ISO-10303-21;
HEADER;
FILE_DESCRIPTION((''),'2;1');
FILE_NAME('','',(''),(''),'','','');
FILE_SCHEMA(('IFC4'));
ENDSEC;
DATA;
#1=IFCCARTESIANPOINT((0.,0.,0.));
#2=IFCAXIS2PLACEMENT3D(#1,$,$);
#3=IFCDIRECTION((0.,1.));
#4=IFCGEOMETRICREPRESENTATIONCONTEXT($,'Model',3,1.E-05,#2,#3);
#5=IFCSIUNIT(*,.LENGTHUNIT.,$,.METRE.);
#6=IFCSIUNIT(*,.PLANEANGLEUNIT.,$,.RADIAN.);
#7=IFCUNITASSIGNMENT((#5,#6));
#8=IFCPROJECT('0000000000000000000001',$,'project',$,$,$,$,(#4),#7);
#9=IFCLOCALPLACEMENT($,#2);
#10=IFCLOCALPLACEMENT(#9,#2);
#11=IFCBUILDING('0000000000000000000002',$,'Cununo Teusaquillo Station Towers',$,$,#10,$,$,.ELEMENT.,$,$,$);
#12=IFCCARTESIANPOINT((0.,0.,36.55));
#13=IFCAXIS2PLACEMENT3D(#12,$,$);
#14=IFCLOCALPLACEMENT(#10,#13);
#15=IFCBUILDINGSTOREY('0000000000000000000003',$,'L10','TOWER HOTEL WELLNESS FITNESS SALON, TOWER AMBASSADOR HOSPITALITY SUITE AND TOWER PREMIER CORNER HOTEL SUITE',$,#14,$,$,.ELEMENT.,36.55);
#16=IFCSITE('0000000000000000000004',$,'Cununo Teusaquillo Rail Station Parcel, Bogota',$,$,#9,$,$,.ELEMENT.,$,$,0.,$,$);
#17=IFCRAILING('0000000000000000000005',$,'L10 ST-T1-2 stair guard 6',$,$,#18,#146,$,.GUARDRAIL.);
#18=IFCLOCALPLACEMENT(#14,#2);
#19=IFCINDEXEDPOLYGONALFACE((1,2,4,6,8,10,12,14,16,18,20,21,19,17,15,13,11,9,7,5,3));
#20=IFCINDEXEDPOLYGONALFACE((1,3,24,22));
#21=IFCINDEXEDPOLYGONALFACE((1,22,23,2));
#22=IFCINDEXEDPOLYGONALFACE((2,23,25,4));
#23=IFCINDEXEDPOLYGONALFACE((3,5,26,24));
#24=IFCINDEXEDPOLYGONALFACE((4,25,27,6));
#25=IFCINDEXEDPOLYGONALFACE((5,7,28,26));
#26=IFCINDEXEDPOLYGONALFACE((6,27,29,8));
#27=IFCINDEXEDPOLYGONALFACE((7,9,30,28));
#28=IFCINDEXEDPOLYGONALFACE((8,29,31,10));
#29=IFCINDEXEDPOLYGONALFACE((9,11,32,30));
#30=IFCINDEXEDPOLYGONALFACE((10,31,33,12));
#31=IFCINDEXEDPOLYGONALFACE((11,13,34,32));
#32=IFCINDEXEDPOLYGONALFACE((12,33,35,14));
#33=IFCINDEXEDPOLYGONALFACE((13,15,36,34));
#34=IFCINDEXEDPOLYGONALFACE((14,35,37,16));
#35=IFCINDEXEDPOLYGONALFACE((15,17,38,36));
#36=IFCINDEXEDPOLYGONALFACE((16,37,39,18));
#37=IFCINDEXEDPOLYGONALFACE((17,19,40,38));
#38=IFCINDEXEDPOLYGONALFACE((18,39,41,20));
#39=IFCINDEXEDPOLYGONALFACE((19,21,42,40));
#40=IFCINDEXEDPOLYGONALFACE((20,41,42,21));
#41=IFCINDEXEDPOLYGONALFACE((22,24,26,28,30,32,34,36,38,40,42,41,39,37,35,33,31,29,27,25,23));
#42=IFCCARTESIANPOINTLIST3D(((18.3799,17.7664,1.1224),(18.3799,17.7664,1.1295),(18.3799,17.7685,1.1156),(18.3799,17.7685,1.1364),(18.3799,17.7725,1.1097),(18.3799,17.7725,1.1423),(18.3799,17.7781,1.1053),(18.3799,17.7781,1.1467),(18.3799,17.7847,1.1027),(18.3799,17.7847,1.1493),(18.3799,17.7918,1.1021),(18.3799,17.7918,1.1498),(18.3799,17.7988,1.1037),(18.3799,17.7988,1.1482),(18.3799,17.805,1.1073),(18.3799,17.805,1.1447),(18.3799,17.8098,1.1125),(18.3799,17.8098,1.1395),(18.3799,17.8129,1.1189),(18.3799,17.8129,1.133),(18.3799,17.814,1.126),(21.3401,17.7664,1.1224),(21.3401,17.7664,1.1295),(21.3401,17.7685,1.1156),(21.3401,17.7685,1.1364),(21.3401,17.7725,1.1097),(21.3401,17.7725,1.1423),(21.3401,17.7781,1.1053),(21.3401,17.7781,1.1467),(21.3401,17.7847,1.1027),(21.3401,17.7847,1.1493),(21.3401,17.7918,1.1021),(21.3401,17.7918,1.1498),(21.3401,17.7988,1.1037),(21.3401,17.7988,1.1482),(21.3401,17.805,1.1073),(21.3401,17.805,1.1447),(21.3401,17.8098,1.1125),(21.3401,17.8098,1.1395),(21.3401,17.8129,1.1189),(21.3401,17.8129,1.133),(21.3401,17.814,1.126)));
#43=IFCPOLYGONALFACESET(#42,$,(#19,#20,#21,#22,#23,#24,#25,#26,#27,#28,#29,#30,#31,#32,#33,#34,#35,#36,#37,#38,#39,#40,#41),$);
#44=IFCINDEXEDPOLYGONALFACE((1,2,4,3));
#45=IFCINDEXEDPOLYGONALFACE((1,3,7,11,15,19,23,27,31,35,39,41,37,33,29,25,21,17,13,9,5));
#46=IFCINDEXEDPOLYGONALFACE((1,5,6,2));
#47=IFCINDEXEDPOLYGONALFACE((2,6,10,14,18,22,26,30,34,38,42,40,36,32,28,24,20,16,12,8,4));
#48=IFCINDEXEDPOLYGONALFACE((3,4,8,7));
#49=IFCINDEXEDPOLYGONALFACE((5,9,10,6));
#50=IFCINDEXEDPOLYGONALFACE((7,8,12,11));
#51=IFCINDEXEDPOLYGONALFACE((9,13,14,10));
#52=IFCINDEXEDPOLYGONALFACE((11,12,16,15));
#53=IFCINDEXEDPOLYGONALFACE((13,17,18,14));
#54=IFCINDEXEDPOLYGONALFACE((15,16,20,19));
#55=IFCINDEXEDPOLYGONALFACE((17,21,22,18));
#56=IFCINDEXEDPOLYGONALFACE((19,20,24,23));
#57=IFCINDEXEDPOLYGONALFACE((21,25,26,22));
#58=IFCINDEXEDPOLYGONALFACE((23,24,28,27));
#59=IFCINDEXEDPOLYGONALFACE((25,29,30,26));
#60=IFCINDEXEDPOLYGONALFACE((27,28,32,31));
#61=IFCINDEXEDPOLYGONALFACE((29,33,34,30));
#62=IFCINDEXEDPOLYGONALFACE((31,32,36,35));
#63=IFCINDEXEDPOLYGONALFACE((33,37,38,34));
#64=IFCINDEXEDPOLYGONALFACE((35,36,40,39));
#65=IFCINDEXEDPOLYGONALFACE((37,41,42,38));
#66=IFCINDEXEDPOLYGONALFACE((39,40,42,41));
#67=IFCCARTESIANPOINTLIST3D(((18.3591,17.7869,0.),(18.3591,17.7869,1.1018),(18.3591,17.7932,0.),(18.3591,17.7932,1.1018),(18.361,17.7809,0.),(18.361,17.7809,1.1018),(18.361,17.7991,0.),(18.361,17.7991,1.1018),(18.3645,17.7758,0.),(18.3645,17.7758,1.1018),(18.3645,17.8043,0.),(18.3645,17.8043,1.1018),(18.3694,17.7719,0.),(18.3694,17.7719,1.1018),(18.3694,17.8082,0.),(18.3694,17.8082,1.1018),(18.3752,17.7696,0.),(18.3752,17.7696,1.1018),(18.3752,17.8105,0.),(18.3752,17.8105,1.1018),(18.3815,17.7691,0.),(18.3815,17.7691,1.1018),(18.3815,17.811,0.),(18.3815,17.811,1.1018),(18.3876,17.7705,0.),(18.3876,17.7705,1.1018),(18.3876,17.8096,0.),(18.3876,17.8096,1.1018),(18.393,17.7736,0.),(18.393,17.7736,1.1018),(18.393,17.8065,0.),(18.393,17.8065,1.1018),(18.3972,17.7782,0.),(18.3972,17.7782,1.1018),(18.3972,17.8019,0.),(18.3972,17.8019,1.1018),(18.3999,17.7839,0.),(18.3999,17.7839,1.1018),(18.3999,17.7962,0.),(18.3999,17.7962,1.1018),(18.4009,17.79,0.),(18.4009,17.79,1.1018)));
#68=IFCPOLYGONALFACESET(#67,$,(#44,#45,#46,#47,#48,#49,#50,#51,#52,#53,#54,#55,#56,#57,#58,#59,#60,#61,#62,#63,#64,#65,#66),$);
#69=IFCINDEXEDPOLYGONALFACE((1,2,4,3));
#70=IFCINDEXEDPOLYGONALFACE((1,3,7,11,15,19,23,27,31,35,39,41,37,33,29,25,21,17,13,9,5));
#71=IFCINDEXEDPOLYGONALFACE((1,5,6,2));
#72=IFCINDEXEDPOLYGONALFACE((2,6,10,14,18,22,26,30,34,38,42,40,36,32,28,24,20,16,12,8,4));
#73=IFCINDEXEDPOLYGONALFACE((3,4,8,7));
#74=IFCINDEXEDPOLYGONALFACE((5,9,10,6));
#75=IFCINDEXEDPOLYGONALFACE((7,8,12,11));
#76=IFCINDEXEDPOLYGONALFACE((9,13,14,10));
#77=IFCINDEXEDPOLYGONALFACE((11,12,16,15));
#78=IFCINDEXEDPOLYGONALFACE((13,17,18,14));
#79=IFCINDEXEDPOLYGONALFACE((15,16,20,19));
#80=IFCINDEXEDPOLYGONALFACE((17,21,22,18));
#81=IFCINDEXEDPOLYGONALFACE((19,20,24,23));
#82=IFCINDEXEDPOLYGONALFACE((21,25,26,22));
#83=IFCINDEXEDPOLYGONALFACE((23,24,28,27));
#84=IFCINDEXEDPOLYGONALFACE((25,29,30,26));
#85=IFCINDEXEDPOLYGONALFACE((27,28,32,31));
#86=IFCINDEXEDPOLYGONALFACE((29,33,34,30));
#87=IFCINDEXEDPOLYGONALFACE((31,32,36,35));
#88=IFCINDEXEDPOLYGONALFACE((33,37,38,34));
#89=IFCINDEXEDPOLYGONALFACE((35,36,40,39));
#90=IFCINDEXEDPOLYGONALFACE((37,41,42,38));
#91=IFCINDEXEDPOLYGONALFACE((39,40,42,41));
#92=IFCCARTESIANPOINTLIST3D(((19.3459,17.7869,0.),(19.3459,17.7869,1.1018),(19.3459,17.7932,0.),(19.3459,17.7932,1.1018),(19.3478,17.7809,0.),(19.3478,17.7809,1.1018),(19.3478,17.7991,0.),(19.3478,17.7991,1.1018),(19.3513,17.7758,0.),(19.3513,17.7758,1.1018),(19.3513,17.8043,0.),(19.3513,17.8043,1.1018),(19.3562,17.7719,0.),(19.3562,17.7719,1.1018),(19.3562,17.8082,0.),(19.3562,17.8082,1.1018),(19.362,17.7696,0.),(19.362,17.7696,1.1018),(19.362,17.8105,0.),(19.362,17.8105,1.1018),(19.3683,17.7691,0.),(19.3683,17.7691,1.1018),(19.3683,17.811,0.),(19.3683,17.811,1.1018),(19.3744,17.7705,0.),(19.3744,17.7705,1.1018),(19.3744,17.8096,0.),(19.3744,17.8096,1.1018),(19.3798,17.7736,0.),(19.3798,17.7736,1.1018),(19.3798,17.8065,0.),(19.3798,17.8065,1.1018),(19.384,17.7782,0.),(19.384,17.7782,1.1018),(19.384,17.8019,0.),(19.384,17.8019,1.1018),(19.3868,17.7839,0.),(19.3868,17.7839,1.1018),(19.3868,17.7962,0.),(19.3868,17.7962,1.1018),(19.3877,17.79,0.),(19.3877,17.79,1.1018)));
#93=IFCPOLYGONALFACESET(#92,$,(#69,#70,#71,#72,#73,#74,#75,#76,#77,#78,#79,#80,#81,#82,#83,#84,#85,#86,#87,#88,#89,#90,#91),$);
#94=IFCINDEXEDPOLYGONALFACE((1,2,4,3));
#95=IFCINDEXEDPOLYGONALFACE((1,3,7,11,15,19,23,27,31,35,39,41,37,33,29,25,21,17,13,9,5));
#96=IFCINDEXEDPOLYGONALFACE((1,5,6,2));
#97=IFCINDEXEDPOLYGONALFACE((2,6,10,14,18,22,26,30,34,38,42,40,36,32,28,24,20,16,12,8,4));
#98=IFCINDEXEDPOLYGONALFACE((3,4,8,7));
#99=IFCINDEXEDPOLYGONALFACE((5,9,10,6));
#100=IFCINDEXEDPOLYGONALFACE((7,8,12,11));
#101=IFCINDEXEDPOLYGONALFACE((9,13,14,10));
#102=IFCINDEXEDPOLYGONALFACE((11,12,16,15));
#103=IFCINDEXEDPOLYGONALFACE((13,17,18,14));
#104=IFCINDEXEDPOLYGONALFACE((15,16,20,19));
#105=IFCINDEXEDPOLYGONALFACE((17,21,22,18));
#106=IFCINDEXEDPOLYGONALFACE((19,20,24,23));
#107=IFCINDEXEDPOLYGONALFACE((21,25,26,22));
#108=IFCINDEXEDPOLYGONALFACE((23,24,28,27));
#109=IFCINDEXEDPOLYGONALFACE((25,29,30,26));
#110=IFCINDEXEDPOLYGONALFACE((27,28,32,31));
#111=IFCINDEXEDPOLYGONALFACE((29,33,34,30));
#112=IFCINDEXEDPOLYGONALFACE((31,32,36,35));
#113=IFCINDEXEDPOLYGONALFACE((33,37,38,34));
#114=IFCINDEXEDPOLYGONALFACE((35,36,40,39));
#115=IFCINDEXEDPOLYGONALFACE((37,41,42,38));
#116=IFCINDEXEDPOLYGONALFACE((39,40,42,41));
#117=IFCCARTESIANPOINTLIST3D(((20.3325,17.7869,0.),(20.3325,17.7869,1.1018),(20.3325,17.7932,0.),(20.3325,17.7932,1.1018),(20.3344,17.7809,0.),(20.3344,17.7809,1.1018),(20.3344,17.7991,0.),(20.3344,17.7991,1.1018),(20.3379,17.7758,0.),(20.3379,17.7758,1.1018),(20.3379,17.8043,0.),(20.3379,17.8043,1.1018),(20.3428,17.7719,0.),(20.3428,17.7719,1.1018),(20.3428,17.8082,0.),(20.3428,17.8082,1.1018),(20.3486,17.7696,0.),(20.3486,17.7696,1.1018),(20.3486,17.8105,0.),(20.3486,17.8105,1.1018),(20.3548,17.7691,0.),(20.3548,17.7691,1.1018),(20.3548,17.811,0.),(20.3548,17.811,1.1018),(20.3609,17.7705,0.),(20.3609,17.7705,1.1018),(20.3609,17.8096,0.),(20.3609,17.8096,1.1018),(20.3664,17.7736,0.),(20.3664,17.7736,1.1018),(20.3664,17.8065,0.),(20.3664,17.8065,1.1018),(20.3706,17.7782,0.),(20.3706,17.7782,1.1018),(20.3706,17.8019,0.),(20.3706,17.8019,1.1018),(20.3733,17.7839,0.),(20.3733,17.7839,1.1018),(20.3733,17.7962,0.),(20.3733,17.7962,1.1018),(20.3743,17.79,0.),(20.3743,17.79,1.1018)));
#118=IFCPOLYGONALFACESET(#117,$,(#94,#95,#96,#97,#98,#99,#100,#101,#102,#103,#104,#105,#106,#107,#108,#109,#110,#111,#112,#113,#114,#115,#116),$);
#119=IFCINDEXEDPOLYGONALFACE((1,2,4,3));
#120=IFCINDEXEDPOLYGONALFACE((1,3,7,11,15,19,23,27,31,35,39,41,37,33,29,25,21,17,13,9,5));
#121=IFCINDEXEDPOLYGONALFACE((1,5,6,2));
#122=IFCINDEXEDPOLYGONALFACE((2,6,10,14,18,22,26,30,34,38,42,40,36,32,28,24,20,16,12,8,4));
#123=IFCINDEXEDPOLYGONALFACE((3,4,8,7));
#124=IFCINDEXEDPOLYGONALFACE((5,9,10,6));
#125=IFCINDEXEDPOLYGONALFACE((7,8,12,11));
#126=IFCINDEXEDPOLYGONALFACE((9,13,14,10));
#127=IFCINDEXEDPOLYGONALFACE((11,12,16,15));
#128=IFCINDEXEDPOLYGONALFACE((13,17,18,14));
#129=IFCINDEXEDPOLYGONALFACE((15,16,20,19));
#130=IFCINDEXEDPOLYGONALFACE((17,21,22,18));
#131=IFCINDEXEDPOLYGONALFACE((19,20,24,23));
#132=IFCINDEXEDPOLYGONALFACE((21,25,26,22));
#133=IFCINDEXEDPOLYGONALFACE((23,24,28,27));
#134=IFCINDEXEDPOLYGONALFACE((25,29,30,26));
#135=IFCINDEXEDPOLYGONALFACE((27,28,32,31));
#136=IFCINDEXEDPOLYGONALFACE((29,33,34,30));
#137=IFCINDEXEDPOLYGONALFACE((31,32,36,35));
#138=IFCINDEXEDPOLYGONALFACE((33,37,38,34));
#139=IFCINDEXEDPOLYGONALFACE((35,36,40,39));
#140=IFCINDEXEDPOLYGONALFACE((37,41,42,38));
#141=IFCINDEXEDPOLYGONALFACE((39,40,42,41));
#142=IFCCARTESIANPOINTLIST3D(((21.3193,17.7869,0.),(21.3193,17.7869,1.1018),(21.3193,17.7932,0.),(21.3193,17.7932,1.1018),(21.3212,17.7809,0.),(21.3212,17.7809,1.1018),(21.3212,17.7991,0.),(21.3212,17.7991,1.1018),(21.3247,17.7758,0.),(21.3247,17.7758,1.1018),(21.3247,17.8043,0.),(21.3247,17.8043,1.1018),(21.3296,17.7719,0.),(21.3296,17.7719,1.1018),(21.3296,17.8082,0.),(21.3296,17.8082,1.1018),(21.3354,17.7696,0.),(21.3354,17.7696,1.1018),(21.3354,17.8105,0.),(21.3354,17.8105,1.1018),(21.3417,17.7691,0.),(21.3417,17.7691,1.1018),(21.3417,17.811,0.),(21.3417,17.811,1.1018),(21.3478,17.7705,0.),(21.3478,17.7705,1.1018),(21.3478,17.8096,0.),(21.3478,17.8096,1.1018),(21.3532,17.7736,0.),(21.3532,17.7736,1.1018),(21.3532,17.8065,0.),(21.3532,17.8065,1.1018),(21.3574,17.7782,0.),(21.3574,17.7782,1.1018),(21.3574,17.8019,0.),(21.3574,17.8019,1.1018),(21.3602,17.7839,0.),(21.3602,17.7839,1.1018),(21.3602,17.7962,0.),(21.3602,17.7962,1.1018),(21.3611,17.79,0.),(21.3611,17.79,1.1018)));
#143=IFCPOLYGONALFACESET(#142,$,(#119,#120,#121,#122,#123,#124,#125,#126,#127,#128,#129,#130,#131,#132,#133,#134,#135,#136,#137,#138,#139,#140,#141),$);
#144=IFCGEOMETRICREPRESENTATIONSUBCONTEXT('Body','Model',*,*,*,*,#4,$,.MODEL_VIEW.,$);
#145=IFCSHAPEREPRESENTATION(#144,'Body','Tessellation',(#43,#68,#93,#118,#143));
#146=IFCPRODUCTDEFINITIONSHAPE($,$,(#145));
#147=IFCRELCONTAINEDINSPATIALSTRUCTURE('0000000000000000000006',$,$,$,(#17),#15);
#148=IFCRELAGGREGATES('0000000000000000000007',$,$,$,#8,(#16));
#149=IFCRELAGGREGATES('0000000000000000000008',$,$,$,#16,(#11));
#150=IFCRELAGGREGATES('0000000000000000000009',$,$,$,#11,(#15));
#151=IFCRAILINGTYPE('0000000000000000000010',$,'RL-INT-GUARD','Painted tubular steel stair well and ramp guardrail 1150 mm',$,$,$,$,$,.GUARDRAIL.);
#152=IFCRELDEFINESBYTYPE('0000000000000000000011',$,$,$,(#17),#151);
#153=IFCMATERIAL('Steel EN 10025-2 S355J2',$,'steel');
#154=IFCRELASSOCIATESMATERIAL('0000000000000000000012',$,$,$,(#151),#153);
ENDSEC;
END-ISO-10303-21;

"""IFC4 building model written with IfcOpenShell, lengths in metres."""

from ifc_helpers import new_model, si_unit, direction, frame, origin, origin_2d, place, context, subcontext, project, spatial, circle, extrude, material, type_object, element, save


model = new_model("IFC4")

# Units and contexts
model_context = context("Model", 3, precision=1e-05, world=origin(), true_north=direction((0.0, 1.0)))
body_context = subcontext(model_context, "Body", "Model", "MODEL_VIEW")
ifc_project = project(units=[si_unit("LENGTHUNIT", "METRE"), si_unit("PLANEANGLEUNIT", "RADIAN")], contexts=[model_context])

# Site, building, storey
site_placement = place(None, origin())
site = spatial("IfcSite", under=ifc_project, at=site_placement, Name="Cununo Teusaquillo Rail Station Parcel, Bogota", CompositionType="ELEMENT", RefElevation=0.0)
building_placement = place(site_placement, origin())
building = spatial("IfcBuilding", under=site, at=building_placement, Name="Cununo Teusaquillo Station Towers", CompositionType="ELEMENT")
storey_placement = place(building_placement, frame((0.0, 0.0, 36.55)))
storey = spatial("IfcBuildingStorey", under=building, at=storey_placement, Name="L10", Description="TOWER HOTEL WELLNESS FITNESS SALON, TOWER AMBASSADOR HOSPITALITY SUITE AND TOWER PREMIER CORNER HOTEL SUITE", CompositionType="ELEMENT", Elevation=36.55)

# Railing
ifc_material_1 = material(Name="Steel EN 10025-2 S355J2", Category="steel")
railing_type_1 = type_object("IfcRailingType", Name="RL-INT-GUARD", Description="Painted tubular steel stair well and ramp guardrail 1150 mm", PredefinedType="GUARDRAIL", material=ifc_material_1)
railing_1_placement = place(storey_placement, frame((18.3799, 17.79, 0.0)))
element("IfcRailing", 1, at=railing_1_placement, inside=storey, type_object=railing_type_1, Name="L10 ST-T1-2 stair guard 6", PredefinedType="GUARDRAIL", context=body_context, shape_type="SweptSolid", body=[
    extrude(circle(Radius=0.0239, at=origin_2d()), frame((0.0, 0.0, 1.126), z_axis=(1.0, 0.0, 0.0), x_axis=(0.0, 1.0, 0.0)), (0.0, 0.0, 1.0), 2.9602),
    extrude(circle(Radius=0.021, at=origin_2d()), origin(), (0.0, 0.0, 1.0), 1.1018),
    extrude(circle(Radius=0.021, at=origin_2d()), frame((0.9868, 0.0, 0.0)), (0.0, 0.0, 1.0), 1.1018),
    extrude(circle(Radius=0.021, at=origin_2d()), frame((1.9734, 0.0, 0.0)), (0.0, 0.0, 1.0), 1.1018),
    extrude(circle(Radius=0.021, at=origin_2d()), frame((2.9602, 0.0, 0.0)), (0.0, 0.0, 1.0), 1.1018),
])

save(model, "model.ifc")
